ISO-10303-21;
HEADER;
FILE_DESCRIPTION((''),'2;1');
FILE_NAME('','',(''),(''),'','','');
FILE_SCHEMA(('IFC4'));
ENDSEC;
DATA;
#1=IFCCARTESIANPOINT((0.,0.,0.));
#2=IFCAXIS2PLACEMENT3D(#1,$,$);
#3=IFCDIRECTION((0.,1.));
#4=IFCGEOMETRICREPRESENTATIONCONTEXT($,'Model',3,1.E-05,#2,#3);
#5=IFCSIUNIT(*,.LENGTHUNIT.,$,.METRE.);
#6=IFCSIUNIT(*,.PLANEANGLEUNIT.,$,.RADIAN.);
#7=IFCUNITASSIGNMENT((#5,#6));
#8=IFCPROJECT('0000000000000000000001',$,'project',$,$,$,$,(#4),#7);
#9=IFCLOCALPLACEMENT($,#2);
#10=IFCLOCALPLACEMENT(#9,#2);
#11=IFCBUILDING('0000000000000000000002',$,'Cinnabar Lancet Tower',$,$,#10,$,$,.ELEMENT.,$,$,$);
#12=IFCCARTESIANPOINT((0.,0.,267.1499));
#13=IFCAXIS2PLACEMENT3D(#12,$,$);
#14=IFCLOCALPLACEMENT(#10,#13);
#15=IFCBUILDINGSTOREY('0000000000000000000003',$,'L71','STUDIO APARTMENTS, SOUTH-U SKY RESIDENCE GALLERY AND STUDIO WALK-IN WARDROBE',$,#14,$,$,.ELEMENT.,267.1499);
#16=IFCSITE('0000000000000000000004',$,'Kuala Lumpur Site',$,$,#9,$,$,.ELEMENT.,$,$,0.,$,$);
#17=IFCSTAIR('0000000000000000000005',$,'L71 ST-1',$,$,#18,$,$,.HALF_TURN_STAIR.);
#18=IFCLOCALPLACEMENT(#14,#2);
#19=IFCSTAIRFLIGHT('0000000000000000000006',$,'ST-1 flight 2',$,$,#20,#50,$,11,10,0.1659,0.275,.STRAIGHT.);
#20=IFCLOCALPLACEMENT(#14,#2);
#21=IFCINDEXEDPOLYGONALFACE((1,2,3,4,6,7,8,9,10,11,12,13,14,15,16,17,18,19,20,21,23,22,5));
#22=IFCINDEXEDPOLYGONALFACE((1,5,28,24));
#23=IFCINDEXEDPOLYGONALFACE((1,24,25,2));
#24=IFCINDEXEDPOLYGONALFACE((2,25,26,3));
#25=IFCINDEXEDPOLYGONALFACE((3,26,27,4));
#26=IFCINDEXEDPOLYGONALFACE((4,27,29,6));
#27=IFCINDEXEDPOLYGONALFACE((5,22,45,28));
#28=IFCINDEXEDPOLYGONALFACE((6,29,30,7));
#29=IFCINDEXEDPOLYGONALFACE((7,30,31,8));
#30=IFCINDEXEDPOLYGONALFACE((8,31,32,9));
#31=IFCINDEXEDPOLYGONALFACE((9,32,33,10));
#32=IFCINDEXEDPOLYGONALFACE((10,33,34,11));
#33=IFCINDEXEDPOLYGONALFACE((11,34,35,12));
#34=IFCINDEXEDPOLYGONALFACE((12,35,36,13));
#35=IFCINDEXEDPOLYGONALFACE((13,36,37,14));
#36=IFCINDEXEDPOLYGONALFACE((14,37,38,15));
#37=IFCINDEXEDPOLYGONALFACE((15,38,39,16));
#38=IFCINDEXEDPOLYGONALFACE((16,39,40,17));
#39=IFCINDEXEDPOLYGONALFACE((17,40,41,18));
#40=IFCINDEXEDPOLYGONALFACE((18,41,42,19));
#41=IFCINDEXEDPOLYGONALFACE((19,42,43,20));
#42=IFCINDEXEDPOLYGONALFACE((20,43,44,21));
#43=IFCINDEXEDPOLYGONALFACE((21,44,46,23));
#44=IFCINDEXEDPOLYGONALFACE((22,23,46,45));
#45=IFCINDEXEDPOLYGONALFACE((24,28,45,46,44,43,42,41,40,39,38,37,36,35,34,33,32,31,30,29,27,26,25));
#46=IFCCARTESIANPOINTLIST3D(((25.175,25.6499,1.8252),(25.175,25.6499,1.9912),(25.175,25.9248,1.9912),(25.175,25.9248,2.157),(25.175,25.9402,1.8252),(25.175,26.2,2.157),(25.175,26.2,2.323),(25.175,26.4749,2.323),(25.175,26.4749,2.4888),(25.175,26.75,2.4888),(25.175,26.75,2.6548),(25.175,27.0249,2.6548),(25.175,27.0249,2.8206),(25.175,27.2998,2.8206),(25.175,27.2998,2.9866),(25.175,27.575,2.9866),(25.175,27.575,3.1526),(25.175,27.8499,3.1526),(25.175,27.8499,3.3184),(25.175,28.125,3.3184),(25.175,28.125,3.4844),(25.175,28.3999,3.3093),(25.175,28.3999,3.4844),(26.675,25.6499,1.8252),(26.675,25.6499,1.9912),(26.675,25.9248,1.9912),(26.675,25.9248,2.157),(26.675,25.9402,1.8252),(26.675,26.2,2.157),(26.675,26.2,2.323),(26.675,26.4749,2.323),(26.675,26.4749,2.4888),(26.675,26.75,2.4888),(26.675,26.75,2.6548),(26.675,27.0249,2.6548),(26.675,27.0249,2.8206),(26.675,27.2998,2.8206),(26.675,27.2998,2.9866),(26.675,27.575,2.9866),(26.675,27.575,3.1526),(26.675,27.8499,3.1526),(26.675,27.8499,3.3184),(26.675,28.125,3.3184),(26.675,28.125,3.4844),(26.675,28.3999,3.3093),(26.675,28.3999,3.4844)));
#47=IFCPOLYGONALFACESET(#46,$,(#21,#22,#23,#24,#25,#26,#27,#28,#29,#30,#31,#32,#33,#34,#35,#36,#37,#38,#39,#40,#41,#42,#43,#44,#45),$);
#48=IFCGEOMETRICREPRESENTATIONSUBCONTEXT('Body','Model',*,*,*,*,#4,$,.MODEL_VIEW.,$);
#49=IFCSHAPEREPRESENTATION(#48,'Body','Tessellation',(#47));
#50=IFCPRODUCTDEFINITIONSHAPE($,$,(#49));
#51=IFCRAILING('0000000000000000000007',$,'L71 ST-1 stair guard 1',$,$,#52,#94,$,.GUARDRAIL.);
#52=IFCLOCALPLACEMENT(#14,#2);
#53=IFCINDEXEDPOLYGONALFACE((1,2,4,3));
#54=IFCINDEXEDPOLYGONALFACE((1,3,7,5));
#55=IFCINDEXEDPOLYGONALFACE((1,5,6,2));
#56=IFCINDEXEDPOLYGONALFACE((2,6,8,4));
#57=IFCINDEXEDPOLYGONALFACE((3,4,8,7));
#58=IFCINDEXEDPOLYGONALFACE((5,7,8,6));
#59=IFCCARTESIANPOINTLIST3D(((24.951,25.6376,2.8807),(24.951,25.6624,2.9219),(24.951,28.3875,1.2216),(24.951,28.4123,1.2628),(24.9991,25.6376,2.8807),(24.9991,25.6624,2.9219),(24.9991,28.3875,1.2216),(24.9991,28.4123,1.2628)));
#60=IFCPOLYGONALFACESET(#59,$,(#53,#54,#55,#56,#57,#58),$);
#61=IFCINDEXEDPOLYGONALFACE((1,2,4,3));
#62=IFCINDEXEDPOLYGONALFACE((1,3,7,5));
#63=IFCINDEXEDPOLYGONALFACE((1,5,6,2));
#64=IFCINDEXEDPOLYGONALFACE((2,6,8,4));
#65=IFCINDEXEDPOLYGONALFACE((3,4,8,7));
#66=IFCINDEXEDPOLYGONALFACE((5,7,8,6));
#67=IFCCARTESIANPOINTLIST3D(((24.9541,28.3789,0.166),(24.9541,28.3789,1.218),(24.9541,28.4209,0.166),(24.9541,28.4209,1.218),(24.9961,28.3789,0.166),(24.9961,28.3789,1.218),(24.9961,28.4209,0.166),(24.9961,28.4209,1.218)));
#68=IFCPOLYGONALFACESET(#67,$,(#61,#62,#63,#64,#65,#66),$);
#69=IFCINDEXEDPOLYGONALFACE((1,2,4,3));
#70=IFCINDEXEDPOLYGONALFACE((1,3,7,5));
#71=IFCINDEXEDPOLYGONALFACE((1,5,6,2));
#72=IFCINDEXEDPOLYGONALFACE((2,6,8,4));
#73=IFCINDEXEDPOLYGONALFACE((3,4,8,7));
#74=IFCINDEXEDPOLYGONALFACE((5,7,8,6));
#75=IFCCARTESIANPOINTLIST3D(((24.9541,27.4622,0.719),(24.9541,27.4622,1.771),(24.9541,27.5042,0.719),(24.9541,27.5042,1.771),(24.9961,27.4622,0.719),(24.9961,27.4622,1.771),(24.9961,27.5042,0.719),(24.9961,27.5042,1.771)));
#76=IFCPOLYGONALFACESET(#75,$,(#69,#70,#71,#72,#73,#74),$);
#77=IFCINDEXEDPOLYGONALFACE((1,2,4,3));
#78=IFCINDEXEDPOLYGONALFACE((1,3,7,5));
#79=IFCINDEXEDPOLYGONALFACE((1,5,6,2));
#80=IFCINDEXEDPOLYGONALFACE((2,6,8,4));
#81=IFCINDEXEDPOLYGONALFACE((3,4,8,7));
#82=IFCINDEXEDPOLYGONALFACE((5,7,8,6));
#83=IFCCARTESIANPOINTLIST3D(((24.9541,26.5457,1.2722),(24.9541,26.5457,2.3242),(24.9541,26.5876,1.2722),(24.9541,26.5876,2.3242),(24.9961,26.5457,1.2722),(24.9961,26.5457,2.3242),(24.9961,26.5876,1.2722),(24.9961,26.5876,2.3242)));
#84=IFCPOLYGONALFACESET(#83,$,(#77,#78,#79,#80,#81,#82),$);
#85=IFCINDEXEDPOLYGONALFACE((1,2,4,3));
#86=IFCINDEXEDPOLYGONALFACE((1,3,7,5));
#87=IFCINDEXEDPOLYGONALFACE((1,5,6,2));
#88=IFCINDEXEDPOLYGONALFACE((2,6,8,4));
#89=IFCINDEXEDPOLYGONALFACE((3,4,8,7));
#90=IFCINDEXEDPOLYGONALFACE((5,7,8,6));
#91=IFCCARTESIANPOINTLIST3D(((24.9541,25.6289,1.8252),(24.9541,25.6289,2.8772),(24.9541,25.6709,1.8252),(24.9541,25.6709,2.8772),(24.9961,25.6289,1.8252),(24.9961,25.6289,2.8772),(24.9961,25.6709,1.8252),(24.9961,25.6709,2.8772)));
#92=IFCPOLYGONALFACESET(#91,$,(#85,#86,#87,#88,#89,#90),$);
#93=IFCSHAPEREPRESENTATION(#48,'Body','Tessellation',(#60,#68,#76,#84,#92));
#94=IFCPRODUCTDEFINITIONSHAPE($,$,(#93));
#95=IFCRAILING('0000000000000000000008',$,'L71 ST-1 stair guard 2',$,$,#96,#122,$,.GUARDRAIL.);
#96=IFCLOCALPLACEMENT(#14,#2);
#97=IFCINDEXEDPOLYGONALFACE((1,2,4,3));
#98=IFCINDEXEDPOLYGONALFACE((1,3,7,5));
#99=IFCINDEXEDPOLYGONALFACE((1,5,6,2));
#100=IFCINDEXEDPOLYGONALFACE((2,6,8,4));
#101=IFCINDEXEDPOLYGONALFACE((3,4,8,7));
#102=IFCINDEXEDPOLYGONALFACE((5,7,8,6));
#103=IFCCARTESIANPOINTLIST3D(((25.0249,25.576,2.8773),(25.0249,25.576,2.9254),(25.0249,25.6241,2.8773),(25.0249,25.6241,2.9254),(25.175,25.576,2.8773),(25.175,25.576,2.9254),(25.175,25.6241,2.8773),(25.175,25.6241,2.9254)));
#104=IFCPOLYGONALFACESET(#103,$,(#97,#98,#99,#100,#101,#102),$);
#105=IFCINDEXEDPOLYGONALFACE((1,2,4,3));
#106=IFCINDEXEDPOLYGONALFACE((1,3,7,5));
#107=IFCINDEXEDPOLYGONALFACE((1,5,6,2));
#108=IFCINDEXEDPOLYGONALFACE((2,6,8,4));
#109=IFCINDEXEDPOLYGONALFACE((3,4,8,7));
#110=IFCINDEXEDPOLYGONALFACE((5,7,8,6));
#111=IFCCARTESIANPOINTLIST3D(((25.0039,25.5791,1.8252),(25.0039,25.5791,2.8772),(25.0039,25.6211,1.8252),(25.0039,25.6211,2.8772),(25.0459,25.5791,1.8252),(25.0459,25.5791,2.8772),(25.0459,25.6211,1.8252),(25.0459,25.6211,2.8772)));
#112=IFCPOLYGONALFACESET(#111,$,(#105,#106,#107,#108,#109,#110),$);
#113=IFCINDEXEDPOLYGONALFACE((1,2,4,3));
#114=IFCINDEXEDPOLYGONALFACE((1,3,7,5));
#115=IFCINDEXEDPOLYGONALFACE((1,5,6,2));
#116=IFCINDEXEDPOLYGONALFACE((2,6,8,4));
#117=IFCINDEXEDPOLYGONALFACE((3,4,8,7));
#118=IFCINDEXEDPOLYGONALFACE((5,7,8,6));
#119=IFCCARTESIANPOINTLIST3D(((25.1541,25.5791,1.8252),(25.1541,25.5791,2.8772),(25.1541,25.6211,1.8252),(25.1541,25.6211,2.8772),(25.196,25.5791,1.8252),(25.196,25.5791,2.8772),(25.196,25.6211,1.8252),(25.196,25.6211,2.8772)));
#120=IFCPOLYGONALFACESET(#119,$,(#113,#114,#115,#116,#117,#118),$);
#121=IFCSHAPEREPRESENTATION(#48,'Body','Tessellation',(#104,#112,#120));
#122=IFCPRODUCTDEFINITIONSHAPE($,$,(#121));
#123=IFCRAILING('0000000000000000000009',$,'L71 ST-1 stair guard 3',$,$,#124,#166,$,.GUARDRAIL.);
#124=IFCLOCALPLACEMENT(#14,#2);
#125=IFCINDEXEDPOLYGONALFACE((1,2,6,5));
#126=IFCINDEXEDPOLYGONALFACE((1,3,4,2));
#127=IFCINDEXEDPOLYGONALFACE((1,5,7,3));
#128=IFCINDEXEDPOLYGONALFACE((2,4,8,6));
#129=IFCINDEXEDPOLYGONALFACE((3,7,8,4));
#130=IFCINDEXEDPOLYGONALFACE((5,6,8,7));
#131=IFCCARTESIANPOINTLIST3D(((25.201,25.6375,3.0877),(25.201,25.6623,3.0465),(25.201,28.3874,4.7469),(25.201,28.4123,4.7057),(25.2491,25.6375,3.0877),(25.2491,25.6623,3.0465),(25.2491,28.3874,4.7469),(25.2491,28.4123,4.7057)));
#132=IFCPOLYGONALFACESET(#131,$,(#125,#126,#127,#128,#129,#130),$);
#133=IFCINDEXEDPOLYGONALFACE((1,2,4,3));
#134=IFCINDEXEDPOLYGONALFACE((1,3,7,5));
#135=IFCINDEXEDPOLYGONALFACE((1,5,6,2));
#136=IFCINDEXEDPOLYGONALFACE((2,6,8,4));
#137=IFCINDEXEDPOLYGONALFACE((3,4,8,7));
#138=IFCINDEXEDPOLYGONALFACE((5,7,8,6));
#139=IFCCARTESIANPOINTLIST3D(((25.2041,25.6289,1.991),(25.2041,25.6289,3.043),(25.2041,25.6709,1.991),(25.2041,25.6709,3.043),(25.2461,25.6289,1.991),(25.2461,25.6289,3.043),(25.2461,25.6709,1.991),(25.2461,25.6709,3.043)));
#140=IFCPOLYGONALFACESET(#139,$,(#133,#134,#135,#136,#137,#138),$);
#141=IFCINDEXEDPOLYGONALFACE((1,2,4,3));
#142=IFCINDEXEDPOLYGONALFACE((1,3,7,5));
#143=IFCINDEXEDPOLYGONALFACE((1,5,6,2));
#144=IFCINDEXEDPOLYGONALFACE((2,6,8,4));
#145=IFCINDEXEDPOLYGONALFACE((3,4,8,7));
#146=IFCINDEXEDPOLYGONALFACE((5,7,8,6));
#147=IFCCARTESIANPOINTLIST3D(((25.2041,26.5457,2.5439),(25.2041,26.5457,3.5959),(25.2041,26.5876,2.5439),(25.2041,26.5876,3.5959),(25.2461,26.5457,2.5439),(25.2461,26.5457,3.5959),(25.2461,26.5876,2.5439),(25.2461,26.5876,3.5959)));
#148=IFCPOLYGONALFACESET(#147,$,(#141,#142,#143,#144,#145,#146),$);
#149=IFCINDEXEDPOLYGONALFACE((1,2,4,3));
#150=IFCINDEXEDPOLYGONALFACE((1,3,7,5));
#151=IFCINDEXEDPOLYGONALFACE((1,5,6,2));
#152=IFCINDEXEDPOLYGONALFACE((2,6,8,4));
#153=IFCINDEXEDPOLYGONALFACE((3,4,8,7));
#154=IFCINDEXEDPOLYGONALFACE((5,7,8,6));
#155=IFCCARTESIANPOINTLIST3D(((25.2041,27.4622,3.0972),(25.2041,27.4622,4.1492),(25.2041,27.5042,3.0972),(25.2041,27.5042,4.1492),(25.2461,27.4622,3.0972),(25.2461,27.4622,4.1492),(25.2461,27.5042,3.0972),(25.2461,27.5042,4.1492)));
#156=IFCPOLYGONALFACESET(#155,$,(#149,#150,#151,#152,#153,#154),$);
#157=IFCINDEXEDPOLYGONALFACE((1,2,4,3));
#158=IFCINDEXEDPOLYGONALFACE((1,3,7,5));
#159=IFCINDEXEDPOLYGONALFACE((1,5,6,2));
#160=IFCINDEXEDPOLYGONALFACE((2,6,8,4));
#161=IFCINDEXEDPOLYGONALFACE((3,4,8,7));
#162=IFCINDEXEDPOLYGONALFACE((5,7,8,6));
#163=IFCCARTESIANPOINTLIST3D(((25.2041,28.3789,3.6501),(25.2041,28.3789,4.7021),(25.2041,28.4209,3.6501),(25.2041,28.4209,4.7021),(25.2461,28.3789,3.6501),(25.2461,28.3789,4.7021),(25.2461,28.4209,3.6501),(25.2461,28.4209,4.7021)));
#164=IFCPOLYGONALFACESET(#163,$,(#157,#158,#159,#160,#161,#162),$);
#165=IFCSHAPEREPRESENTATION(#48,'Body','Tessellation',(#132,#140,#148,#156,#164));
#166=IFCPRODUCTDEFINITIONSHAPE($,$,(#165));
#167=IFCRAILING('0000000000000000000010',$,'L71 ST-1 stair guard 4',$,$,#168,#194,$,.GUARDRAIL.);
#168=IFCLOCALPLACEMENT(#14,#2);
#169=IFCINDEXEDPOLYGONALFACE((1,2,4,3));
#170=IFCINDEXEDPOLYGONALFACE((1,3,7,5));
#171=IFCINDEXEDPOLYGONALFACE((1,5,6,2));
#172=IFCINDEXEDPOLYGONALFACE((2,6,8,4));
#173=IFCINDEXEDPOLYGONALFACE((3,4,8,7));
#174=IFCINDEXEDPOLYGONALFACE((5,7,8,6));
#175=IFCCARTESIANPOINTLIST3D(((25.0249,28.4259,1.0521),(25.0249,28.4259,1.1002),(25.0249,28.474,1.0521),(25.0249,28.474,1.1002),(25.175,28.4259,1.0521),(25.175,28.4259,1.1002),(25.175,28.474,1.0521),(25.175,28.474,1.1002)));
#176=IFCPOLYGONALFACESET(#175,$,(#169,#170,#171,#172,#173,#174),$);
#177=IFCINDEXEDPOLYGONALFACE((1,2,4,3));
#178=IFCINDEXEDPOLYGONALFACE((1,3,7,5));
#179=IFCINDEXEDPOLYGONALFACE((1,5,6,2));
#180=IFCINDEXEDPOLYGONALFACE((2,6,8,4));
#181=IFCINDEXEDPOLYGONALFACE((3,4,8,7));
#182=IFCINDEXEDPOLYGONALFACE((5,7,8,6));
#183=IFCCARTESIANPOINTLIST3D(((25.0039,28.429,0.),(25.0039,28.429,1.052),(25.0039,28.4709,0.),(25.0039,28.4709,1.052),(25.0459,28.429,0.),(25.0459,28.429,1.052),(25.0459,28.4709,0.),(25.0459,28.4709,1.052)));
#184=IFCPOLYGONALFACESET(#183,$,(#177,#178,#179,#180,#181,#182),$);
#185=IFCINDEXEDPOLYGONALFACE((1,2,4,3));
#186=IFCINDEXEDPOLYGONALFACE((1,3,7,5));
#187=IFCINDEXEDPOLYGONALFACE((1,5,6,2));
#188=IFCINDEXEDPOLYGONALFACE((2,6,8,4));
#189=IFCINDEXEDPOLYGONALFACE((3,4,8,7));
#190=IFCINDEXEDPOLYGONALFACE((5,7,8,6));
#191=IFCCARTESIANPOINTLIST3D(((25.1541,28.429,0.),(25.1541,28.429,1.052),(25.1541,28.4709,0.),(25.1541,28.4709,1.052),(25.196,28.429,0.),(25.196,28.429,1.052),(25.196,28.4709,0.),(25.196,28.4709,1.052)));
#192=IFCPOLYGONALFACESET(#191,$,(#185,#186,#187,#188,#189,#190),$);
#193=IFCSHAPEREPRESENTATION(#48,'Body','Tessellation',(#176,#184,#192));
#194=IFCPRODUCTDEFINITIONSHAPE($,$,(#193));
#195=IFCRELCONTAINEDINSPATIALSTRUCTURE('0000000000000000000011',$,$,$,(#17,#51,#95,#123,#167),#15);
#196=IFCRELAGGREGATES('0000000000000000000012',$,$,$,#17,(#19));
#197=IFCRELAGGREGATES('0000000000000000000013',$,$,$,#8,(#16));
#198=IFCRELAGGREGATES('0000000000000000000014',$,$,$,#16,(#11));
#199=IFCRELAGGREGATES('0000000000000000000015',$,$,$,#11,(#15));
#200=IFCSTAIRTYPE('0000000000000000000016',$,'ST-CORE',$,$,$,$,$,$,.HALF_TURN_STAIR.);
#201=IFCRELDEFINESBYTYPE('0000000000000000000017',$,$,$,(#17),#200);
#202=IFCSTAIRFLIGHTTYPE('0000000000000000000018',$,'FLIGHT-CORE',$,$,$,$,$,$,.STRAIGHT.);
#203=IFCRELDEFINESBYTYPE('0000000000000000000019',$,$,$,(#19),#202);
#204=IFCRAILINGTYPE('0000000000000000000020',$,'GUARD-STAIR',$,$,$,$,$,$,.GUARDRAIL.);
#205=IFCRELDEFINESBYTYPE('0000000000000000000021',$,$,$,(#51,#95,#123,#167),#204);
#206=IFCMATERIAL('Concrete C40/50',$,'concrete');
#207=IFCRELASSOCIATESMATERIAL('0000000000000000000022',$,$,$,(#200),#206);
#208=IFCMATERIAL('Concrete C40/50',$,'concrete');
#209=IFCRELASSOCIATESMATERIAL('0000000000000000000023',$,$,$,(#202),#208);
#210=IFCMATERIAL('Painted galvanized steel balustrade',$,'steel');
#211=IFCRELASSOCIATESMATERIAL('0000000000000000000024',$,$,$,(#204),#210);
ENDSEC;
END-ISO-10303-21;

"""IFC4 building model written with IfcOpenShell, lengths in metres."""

from ifc_helpers import new_model, si_unit, direction, frame, origin, origin_2d, place, context, subcontext, project, spatial, polyline, rectangle, outline, extrude, material, type_object, element, aggregate, save


model = new_model("IFC4")

# Units and contexts
model_context = context("Model", 3, precision=1e-05, world=origin(), true_north=direction((0.0, 1.0)))
body_context = subcontext(model_context, "Body", "Model", "MODEL_VIEW")
ifc_project = project(units=[si_unit("LENGTHUNIT", "METRE"), si_unit("PLANEANGLEUNIT", "RADIAN")], contexts=[model_context])

# Site, building, storey
site_placement = place(None, origin())
site = spatial("IfcSite", under=ifc_project, at=site_placement, Name="Kuala Lumpur Site", CompositionType="ELEMENT", RefElevation=0.0)
building_placement = place(site_placement, origin())
building = spatial("IfcBuilding", under=site, at=building_placement, Name="Cinnabar Lancet Tower", CompositionType="ELEMENT")
storey_placement = place(building_placement, frame((0.0, 0.0, 267.1499)))
storey = spatial("IfcBuildingStorey", under=building, at=storey_placement, Name="L71", Description="STUDIO APARTMENTS, SOUTH-U SKY RESIDENCE GALLERY AND STUDIO WALK-IN WARDROBE", CompositionType="ELEMENT", Elevation=267.1499)

# Stair, stair flight
ifc_material_1 = material(Name="Concrete C40/50", Category="concrete")
stair_type = type_object("IfcStairType", Name="ST-CORE", PredefinedType="HALF_TURN_STAIR", material=ifc_material_1)
stair_placement = place(storey_placement, origin())
stair = element("IfcStair", 1, at=stair_placement, inside=storey, type_object=stair_type, Name="L71 ST-1", PredefinedType="HALF_TURN_STAIR")
ifc_material_2 = material(Name="Concrete C40/50", Category="concrete")
stair_flight_type = type_object("IfcStairFlightType", Name="FLIGHT-CORE", PredefinedType="STRAIGHT", material=ifc_material_2)
stair_flight_1_placement = place(storey_placement, frame((25.925, 25.6499, 1.8252), z_axis=(0.0, 0.0, 1.0), x_axis=(0.0, 1.0, 0.0)))
stair_flight_1 = element("IfcStairFlight", 2, at=stair_flight_1_placement, type_object=stair_flight_type, Name="ST-1 flight 2", NumberOfRisers=11, NumberOfTreads=10, PredefinedType="STRAIGHT", RiserHeight=0.1659, TreadLength=0.275, context=body_context, shape_type="SweptSolid", body=[
    extrude(outline(polyline([(0.0, 0.0), (0.0, 0.166), (0.2749, 0.166), (0.2749, 0.3318), (0.55, 0.3318), (0.55, 0.4978), (0.825, 0.4978), (0.825, 0.6636), (1.1001, 0.6636), (1.1001, 0.8296), (1.375, 0.8296), (1.375, 0.9954), (1.6499, 0.9954), (1.6499, 1.1614), (1.925, 1.1614), (1.925, 1.3274), (2.2, 1.3274), (2.2, 1.4932), (2.4751, 1.4932), (2.4751, 1.6592), (2.75, 1.6592), (2.75, 1.825), (2.75, 1.4841), (0.2903, 0.0), (0.0, 0.0)])), frame((0.0, 0.75, 0.0), z_axis=(0.0, -1.0, 0.0), x_axis=(1.0, 0.0, 0.0)), (0.0, 0.0, 1.0), 1.5),
])
aggregate(stair, [stair_flight_1])

# Railings
ifc_material_3 = material(Name="Painted galvanized steel balustrade", Category="steel")
railing_type_1 = type_object("IfcRailingType", Name="GUARD-STAIR", PredefinedType="GUARDRAIL", material=ifc_material_3)
railing_1_placement = place(storey_placement, frame((24.9751, 28.3999, 0.166)))
element("IfcRailing", 3, at=railing_1_placement, inside=storey, type_object=railing_type_1, Name="L71 ST-1 stair guard 1", PredefinedType="GUARDRAIL", context=body_context, shape_type="SweptSolid", body=[
    extrude(rectangle(XDim=0.0481, YDim=0.0481, at=origin_2d()), frame((0.0, 0.0, 1.0762), z_axis=(0.0, -0.856229, 0.516596), x_axis=(1.0, 0.0, 0.0)), (0.0, 0.0, 1.0), 3.2117),
    extrude(rectangle(XDim=0.042, YDim=0.042, at=origin_2d()), origin(), (0.0, 0.0, 1.0), 1.052),
    extrude(rectangle(XDim=0.042, YDim=0.042, at=origin_2d()), frame((0.0, -0.9167, 0.553)), (0.0, 0.0, 1.0), 1.052),
    extrude(rectangle(XDim=0.042, YDim=0.042, at=origin_2d()), frame((0.0, -1.8333, 1.1062)), (0.0, 0.0, 1.0), 1.052),
    extrude(rectangle(XDim=0.042, YDim=0.042, at=origin_2d()), frame((0.0, -2.75, 1.6592)), (0.0, 0.0, 1.0), 1.052),
])
railing_2_placement = place(storey_placement, frame((25.0249, 25.6001, 1.8252)))
element("IfcRailing", 4, at=railing_2_placement, inside=storey, type_object=railing_type_1, Name="L71 ST-1 stair guard 2", PredefinedType="GUARDRAIL", context=body_context, shape_type="SweptSolid", body=[
    extrude(rectangle(XDim=0.0481, YDim=0.0481, at=origin_2d()), frame((0.0, 0.0, 1.0762), z_axis=(1.0, 0.0, 0.0), x_axis=(0.0, 1.0, 0.0)), (0.0, 0.0, 1.0), 0.1501),
    extrude(rectangle(XDim=0.042, YDim=0.042, at=origin_2d()), origin(), (0.0, 0.0, 1.0), 1.052),
    extrude(rectangle(XDim=0.042, YDim=0.042, at=origin_2d()), frame((0.1501, 0.0, 0.0)), (0.0, 0.0, 1.0), 1.052),
])
railing_3_placement = place(storey_placement, frame((25.2251, 25.6499, 1.991)))
element("IfcRailing", 5, at=railing_3_placement, inside=storey, type_object=railing_type_1, Name="L71 ST-1 stair guard 3", PredefinedType="GUARDRAIL", context=body_context, shape_type="SweptSolid", body=[
    extrude(rectangle(XDim=0.0481, YDim=0.0481, at=origin_2d()), frame((0.0, 0.0, 1.0762), z_axis=(0.0, 0.856229, 0.516596), x_axis=(-1.0, 0.0, 0.0)), (0.0, 0.0, 1.0), 3.2117),
    extrude(rectangle(XDim=0.042, YDim=0.042, at=origin_2d()), origin(), (0.0, 0.0, 1.0), 1.052),
    extrude(rectangle(XDim=0.042, YDim=0.042, at=origin_2d()), frame((0.0, 0.9167, 0.553)), (0.0, 0.0, 1.0), 1.052),
    extrude(rectangle(XDim=0.042, YDim=0.042, at=origin_2d()), frame((0.0, 1.8333, 1.1062)), (0.0, 0.0, 1.0), 1.052),
    extrude(rectangle(XDim=0.042, YDim=0.042, at=origin_2d()), frame((0.0, 2.75, 1.6592)), (0.0, 0.0, 1.0), 1.052),
])
railing_4_placement = place(storey_placement, frame((25.0249, 28.45, 0.0)))
element("IfcRailing", 6, at=railing_4_placement, inside=storey, type_object=railing_type_1, Name="L71 ST-1 stair guard 4", PredefinedType="GUARDRAIL", context=body_context, shape_type="SweptSolid", body=[
    extrude(rectangle(XDim=0.0481, YDim=0.0481, at=origin_2d()), frame((0.0, 0.0, 1.0762), z_axis=(1.0, 0.0, 0.0), x_axis=(0.0, 1.0, 0.0)), (0.0, 0.0, 1.0), 0.1501),
    extrude(rectangle(XDim=0.042, YDim=0.042, at=origin_2d()), origin(), (0.0, 0.0, 1.0), 1.052),
    extrude(rectangle(XDim=0.042, YDim=0.042, at=origin_2d()), frame((0.1501, 0.0, 0.0)), (0.0, 0.0, 1.0), 1.052),
])

save(model, "model.ifc")
